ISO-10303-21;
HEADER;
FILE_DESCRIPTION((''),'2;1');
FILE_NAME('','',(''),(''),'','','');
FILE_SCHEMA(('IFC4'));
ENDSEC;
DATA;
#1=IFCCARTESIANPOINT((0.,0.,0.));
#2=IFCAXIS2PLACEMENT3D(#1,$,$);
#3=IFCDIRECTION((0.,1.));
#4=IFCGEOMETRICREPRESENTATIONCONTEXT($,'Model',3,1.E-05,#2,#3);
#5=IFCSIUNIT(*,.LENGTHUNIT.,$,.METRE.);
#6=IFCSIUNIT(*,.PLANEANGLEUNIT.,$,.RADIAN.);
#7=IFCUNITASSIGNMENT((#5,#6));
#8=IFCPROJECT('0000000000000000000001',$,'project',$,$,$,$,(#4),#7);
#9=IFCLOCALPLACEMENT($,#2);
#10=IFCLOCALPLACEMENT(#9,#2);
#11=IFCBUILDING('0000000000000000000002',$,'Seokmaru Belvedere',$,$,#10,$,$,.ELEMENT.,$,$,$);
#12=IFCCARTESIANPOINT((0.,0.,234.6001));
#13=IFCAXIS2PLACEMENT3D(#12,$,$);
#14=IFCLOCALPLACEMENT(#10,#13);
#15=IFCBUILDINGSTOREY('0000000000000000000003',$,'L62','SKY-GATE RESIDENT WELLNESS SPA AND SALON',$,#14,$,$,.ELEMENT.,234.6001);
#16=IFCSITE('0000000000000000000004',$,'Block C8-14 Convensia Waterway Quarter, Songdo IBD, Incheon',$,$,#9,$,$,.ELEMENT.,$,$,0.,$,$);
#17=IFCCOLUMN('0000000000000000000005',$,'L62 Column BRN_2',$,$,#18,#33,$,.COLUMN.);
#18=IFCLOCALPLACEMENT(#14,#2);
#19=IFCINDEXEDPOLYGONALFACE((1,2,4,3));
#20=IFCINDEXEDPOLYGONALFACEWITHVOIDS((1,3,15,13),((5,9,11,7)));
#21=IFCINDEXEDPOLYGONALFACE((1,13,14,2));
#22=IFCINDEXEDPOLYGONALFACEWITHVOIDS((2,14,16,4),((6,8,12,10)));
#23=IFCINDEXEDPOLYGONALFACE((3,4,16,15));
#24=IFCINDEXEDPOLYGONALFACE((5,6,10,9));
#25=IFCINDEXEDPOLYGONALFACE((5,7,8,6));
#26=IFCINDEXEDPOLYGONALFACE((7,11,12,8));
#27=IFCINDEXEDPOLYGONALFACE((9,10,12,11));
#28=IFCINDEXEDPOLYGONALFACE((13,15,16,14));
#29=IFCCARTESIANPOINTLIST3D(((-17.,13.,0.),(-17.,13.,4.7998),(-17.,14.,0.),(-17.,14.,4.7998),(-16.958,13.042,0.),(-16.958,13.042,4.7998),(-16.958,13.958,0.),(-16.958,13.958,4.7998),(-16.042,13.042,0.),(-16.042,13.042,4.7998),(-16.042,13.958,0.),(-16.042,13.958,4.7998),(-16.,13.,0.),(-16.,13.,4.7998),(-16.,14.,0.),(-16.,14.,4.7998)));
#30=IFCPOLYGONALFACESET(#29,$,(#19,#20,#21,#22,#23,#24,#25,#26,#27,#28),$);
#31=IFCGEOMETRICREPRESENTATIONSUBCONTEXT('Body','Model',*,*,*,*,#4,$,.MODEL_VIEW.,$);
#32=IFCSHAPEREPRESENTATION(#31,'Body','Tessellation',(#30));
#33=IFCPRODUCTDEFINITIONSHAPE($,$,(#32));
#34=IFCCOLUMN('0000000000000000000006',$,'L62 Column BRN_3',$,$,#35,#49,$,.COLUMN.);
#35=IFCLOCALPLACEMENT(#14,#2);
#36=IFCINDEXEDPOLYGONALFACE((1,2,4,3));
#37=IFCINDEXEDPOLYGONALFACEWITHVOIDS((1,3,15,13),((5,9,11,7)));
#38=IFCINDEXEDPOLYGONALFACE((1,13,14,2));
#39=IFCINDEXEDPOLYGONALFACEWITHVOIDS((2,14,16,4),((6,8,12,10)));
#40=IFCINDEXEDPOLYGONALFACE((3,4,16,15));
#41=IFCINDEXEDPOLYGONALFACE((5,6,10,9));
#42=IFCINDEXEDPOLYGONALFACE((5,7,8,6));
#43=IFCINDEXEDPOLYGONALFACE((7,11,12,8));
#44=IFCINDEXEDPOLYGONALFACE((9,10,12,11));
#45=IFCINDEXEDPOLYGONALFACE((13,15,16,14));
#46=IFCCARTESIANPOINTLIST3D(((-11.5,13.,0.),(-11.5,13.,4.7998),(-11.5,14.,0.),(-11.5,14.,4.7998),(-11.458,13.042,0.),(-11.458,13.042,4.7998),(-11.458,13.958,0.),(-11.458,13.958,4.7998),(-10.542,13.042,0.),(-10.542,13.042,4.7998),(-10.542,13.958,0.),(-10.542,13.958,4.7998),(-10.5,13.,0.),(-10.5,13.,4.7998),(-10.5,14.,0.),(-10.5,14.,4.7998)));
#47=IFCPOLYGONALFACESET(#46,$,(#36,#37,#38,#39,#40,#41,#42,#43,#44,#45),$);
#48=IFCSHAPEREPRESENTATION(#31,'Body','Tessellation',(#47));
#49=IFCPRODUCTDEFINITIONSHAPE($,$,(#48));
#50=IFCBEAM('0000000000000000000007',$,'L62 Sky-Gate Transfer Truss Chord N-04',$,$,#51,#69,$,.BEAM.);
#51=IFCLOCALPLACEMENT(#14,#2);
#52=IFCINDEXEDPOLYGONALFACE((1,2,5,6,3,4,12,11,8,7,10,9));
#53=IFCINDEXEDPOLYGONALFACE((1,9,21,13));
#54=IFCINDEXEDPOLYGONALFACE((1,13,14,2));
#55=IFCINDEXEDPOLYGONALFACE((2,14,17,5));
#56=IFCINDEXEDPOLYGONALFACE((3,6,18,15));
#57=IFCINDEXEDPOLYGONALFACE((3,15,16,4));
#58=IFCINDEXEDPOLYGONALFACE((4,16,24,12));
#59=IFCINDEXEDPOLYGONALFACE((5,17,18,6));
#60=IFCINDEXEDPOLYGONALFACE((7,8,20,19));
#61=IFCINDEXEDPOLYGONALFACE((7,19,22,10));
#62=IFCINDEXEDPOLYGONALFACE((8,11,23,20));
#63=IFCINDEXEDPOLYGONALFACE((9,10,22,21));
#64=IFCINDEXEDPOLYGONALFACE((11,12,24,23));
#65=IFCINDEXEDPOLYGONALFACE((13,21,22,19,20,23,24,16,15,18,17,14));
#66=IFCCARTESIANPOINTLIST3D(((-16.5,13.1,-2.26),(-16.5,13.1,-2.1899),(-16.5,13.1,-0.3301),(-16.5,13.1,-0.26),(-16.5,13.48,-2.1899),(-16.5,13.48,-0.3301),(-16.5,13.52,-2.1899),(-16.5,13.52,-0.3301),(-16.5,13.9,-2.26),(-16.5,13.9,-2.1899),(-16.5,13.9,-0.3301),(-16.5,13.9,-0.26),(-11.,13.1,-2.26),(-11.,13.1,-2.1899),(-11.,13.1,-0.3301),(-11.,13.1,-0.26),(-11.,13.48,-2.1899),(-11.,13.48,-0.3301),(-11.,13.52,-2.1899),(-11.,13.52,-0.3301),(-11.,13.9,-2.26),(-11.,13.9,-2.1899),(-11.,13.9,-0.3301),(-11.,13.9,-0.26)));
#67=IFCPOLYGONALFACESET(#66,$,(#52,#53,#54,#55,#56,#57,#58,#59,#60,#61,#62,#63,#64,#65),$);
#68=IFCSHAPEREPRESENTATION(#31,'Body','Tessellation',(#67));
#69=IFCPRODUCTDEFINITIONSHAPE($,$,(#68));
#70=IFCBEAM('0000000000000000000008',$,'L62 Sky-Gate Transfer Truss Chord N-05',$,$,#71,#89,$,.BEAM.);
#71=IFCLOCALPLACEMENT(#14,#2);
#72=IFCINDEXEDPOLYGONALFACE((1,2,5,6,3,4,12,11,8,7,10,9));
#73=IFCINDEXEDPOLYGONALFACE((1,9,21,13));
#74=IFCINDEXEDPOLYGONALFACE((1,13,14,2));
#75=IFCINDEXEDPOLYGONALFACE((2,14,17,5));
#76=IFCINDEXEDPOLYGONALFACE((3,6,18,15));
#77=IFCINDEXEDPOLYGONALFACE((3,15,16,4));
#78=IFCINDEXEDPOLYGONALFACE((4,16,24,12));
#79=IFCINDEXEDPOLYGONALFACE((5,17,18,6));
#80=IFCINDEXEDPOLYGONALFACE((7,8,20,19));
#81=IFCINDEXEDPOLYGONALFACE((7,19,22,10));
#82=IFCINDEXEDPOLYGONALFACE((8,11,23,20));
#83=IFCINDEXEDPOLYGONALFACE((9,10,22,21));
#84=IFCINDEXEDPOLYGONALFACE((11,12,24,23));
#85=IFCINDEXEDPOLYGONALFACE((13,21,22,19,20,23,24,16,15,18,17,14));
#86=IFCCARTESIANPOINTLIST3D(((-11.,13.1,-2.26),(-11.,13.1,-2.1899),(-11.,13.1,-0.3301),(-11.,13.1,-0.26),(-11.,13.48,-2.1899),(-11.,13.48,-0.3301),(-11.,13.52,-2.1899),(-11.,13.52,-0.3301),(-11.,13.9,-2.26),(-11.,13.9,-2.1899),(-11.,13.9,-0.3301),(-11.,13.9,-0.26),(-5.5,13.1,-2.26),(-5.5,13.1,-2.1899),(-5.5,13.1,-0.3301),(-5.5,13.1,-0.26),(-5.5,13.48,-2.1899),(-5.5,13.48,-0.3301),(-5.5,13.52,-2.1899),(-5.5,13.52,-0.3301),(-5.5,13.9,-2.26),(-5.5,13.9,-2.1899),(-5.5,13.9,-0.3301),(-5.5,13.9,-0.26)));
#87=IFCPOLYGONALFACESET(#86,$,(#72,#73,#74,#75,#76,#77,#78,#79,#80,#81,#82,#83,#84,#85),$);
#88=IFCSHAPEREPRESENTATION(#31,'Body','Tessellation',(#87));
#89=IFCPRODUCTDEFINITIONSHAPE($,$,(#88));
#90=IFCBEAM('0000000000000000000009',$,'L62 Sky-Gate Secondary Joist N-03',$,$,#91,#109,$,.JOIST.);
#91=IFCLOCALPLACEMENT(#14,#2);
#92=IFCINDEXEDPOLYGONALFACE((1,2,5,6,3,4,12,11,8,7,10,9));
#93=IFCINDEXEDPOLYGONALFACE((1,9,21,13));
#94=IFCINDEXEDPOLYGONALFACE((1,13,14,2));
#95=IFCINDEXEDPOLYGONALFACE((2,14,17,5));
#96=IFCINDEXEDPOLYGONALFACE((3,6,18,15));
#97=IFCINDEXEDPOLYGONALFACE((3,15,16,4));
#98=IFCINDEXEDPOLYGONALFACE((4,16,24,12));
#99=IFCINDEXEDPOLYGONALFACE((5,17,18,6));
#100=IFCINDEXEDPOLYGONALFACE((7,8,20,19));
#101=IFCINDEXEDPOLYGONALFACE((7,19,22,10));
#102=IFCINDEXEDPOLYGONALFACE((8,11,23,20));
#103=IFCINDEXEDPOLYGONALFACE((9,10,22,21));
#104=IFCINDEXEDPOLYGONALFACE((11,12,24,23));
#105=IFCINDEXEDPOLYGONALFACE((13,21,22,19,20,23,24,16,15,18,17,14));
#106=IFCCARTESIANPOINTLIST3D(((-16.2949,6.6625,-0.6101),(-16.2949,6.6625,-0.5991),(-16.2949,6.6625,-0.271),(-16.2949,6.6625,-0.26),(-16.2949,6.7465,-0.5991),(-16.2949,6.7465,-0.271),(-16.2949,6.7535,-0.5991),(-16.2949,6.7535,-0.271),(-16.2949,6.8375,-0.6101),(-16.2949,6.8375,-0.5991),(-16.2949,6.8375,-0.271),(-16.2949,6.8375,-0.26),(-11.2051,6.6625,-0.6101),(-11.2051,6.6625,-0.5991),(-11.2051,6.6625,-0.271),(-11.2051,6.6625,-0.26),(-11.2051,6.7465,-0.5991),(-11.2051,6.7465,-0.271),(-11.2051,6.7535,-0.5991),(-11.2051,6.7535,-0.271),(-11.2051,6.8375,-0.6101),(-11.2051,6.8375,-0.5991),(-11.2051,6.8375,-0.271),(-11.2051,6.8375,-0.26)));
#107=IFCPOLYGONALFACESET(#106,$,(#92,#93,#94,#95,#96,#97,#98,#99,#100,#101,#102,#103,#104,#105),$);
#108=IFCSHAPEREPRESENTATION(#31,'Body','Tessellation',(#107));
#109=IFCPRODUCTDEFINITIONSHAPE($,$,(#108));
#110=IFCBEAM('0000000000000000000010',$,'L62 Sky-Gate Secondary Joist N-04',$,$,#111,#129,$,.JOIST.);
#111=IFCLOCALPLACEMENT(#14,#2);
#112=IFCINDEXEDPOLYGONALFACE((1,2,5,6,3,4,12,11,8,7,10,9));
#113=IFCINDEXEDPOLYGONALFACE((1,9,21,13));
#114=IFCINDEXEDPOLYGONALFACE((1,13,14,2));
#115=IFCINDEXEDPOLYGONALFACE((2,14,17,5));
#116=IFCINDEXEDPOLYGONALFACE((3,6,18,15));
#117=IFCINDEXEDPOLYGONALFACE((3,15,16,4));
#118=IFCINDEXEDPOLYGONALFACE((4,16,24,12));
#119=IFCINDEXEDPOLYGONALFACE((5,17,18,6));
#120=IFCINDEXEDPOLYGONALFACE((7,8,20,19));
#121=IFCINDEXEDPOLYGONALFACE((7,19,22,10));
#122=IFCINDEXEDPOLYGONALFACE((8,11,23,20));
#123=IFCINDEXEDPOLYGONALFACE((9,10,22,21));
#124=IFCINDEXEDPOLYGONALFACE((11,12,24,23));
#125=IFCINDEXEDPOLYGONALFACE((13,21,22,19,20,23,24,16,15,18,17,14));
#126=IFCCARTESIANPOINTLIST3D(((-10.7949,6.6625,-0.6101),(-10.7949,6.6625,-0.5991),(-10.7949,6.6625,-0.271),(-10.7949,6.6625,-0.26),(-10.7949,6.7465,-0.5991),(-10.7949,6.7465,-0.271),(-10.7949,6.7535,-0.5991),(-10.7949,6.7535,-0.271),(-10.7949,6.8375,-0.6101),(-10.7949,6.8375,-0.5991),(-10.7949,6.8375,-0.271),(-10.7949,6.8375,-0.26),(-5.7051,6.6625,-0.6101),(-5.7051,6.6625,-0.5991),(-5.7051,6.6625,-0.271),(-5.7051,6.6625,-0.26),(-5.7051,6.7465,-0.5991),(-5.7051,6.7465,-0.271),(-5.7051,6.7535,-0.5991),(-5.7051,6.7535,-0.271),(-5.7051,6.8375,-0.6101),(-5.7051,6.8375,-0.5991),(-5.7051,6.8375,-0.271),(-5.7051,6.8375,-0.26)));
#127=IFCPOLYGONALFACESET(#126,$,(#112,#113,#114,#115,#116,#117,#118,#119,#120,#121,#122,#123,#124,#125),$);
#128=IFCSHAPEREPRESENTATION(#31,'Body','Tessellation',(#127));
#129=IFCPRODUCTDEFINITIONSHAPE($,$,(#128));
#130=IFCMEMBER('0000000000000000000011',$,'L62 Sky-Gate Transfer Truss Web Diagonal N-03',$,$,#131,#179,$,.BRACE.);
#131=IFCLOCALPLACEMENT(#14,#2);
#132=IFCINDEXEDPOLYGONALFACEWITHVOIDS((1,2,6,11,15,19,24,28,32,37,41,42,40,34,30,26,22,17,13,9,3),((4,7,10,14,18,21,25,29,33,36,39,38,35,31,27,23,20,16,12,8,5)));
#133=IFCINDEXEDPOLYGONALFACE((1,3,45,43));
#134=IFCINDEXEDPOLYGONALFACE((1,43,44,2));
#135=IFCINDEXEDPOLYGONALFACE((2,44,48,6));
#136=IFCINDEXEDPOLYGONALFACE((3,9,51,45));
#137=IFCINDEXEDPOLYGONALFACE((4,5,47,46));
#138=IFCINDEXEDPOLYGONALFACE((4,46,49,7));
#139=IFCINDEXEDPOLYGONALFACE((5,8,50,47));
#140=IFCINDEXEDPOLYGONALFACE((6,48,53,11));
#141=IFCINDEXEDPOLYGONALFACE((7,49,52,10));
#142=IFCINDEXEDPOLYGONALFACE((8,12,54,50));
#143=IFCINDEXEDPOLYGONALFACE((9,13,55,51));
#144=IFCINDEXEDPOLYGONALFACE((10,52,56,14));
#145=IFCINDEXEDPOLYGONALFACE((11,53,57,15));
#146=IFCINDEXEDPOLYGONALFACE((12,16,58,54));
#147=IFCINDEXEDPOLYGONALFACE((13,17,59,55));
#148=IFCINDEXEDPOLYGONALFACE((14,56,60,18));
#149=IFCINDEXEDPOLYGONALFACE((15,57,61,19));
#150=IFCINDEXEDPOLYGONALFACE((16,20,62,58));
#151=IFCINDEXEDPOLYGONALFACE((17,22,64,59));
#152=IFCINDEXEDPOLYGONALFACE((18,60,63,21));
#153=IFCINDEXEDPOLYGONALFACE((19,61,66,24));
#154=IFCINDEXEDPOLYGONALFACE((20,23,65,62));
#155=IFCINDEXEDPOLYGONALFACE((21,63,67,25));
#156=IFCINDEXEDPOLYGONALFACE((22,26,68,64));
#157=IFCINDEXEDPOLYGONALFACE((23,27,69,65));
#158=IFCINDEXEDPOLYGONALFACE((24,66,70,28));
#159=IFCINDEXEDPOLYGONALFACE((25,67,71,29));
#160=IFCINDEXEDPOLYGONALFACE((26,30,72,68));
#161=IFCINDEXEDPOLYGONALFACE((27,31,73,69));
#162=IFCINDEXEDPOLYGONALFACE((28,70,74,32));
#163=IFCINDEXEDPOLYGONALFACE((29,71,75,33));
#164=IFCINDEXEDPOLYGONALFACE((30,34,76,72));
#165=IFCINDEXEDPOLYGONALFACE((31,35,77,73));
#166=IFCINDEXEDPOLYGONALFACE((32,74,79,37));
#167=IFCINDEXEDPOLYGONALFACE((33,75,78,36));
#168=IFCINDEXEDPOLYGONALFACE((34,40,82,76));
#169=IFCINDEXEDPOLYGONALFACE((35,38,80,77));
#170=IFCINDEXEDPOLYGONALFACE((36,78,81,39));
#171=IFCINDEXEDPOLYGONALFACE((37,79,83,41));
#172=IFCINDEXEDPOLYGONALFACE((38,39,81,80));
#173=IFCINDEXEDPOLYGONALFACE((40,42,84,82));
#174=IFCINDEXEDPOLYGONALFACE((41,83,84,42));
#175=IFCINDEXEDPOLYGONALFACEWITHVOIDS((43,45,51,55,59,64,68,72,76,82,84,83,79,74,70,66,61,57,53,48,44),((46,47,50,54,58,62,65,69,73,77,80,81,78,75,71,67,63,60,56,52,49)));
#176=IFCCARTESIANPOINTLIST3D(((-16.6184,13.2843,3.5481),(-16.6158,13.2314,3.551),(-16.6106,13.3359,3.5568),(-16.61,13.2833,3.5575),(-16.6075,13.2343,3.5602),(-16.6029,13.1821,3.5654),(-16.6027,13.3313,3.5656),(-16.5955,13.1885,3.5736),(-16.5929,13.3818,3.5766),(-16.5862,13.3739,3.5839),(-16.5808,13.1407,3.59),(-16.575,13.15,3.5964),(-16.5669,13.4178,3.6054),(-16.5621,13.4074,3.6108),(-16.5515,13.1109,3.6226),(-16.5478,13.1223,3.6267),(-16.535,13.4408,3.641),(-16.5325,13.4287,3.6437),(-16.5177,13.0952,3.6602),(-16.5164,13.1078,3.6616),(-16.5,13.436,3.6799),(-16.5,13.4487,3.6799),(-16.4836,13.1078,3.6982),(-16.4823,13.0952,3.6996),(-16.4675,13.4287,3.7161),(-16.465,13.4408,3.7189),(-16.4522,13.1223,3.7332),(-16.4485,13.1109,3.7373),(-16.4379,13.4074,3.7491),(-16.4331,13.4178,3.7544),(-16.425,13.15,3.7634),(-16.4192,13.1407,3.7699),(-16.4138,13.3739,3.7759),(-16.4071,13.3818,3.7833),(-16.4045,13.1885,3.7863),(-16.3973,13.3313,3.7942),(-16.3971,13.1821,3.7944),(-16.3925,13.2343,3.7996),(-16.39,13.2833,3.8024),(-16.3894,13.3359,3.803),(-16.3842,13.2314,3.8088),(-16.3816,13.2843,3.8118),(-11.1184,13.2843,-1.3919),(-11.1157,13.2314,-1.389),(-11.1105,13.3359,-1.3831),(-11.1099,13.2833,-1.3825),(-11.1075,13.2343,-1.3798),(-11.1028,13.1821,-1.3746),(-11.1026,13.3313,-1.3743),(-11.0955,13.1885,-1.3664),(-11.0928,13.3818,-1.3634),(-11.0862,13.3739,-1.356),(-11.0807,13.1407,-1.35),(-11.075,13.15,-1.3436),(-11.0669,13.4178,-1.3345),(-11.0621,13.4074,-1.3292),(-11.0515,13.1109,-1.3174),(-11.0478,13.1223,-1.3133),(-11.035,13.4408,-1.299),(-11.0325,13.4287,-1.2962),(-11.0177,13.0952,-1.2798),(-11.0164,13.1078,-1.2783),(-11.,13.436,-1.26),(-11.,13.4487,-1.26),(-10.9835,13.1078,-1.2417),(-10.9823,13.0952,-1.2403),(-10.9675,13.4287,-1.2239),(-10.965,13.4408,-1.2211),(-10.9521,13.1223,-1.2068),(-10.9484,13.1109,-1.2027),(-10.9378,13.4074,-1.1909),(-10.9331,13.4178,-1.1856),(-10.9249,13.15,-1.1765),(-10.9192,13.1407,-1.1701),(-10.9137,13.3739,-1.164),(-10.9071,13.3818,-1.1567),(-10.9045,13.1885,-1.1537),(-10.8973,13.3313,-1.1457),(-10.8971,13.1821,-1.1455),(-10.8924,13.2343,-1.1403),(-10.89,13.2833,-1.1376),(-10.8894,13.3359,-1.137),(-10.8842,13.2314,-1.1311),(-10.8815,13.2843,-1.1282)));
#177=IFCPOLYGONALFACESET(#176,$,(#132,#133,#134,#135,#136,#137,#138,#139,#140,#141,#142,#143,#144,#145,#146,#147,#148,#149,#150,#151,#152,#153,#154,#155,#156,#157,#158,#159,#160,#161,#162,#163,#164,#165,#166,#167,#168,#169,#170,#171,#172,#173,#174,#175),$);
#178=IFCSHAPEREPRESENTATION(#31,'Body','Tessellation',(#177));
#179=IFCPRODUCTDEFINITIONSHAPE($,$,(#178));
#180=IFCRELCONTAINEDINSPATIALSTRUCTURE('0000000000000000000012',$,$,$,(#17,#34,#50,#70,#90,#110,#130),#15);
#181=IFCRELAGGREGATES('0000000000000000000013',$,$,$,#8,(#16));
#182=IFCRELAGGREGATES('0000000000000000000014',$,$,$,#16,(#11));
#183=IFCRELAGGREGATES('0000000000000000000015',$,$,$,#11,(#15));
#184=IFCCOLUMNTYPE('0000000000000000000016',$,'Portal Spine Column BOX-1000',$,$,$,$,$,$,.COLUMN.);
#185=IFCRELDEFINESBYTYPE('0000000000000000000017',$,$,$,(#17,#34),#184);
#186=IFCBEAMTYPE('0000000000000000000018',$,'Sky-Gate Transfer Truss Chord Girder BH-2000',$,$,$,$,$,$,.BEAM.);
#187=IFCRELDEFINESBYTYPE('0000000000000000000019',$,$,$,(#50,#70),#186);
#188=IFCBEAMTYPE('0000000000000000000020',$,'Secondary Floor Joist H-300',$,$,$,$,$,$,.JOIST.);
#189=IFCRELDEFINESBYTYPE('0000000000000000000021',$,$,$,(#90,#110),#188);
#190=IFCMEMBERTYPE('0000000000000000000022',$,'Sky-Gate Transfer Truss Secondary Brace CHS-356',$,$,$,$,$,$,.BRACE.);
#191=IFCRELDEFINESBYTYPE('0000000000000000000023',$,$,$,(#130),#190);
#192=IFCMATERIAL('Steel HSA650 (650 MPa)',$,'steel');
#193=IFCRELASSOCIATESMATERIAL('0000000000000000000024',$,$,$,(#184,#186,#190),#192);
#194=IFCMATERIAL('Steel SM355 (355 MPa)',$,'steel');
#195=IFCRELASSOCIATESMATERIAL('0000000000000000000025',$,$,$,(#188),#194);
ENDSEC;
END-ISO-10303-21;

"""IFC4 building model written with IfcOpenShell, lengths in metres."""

from ifc_helpers import new_model, si_unit, direction, frame, origin, origin_2d, place, context, subcontext, project, spatial, hollow_rectangle, hollow_circle, i_section, extrude, source, transform, mapped, material, material_profile, profile_set, type_object, type_shapes, element, save


model = new_model("IFC4")

# Units and contexts
model_context = context("Model", 3, precision=1e-05, world=origin(), true_north=direction((0.0, 1.0)))
body_context = subcontext(model_context, "Body", "Model", "MODEL_VIEW")
ifc_project = project(units=[si_unit("LENGTHUNIT", "METRE"), si_unit("PLANEANGLEUNIT", "RADIAN")], contexts=[model_context])

# Site, building, storey
site_placement = place(None, origin())
site = spatial("IfcSite", under=ifc_project, at=site_placement, Name="Block C8-14 Convensia Waterway Quarter, Songdo IBD, Incheon", CompositionType="ELEMENT", RefElevation=0.0)
building_placement = place(site_placement, origin())
building = spatial("IfcBuilding", under=site, at=building_placement, Name="Seokmaru Belvedere", CompositionType="ELEMENT")
storey_placement = place(building_placement, frame((0.0, 0.0, 234.6001)))
storey = spatial("IfcBuildingStorey", under=building, at=storey_placement, Name="L62", Description="SKY-GATE RESIDENT WELLNESS SPA AND SALON", CompositionType="ELEMENT", Elevation=234.6001)

# Columns
ifc_material_1 = material(Name="Steel HSA650 (650 MPa)", Category="steel")
ifc_material_profile_1 = material_profile(ifc_material_1, hollow_rectangle(XDim=1.0, YDim=1.0, WallThickness=0.042, at=origin_2d()), Name="BOX-1000x1000x42")
ifc_profile_set_1 = profile_set([ifc_material_profile_1], Name="Steel HSA650 (650 MPa)")
column_type = type_object("IfcColumnType", Name="Portal Spine Column BOX-1000", PredefinedType="COLUMN", material=ifc_profile_set_1)
shared_shape_1 = source(origin(), body_context, "Body", "SweptSolid", [
    extrude(hollow_rectangle(XDim=1.0, YDim=1.0, WallThickness=0.042, at=origin_2d()), origin(), (0.0, 0.0, 1.0), 4.7998),
])
type_shapes(column_type, [shared_shape_1])
for number, where, z_axis, x_axis, name in (
    (1, (-16.5, 13.5, 0.0), (0.0, 0.0, 1.0), (1.0, 0.0, 0.0), "L62 Column BRN_2"),
    (2, (-11.0, 13.5, 0.0), (0.0, 0.0, 1.0), (1.0, 0.0, 0.0), "L62 Column BRN_3"),
):
    element("IfcColumn", number, at=place(storey_placement, frame(where, z_axis=z_axis, x_axis=x_axis)), inside=storey, type_object=column_type, Name=name, PredefinedType="COLUMN", context=body_context, shape_type="MappedRepresentation", body=[
        mapped(shared_shape_1, transform((0.0, 0.0, 0.0), scale=1.0)),
    ])

# Beams
ifc_material_profile_2 = material_profile(ifc_material_1, i_section(OverallWidth=0.8, OverallDepth=2.0, WebThickness=0.04, FlangeThickness=0.0701, at=origin_2d()), Name="BH-2000x800x40x70")
ifc_profile_set_2 = profile_set([ifc_material_profile_2], Name="Steel HSA650 (650 MPa)")
beam_type_1 = type_object("IfcBeamType", Name="Sky-Gate Transfer Truss Chord Girder BH-2000", PredefinedType="BEAM", material=ifc_profile_set_2)
shared_shape_2 = source(origin(), body_context, "Body", "SweptSolid", [
    extrude(i_section(OverallWidth=0.8, OverallDepth=2.0, WebThickness=0.04, FlangeThickness=0.0701, at=origin_2d()), origin(), (0.0, 0.0, 1.0), 5.5),
])
type_shapes(beam_type_1, [shared_shape_2])
for number, where, z_axis, x_axis, name in (
    (3, (-16.5, 13.5, -1.26), (1.0, 0.0, 0.0), (0.0, 1.0, 0.0), "L62 Sky-Gate Transfer Truss Chord N-04"),
    (4, (-11.0, 13.5, -1.26), (1.0, 0.0, 0.0), (0.0, 1.0, 0.0), "L62 Sky-Gate Transfer Truss Chord N-05"),
):
    element("IfcBeam", number, at=place(storey_placement, frame(where, z_axis=z_axis, x_axis=x_axis)), inside=storey, type_object=beam_type_1, Name=name, PredefinedType="BEAM", context=body_context, shape_type="MappedRepresentation", body=[
        mapped(shared_shape_2, transform((0.0, 0.0, 0.0), scale=1.0)),
    ])
ifc_material_2 = material(Name="Steel SM355 (355 MPa)", Category="steel")
ifc_material_profile_3 = material_profile(ifc_material_2, i_section(OverallWidth=0.175, OverallDepth=0.3501, WebThickness=0.0071, FlangeThickness=0.011, at=origin_2d()), Name="H-350x175x7x11")
ifc_profile_set_3 = profile_set([ifc_material_profile_3], Name="Steel SM355 (355 MPa)")
beam_type_2 = type_object("IfcBeamType", Name="Secondary Floor Joist H-300", PredefinedType="JOIST", material=ifc_profile_set_3)
shared_shape_3 = source(origin(), body_context, "Body", "SweptSolid", [
    extrude(i_section(OverallWidth=0.175, OverallDepth=0.3501, WebThickness=0.0071, FlangeThickness=0.011, at=origin_2d()), origin(), (0.0, 0.0, 1.0), 5.0898),
])
type_shapes(beam_type_2, [shared_shape_3])
for number, where, z_axis, x_axis, name in (
    (5, (-16.2949, 6.75, -0.4351), (1.0, 0.0, 0.0), (0.0, 1.0, 0.0), "L62 Sky-Gate Secondary Joist N-03"),
    (6, (-10.7949, 6.75, -0.4351), (1.0, 0.0, 0.0), (0.0, 1.0, 0.0), "L62 Sky-Gate Secondary Joist N-04"),
):
    element("IfcBeam", number, at=place(storey_placement, frame(where, z_axis=z_axis, x_axis=x_axis)), inside=storey, type_object=beam_type_2, Name=name, PredefinedType="JOIST", context=body_context, shape_type="MappedRepresentation", body=[
        mapped(shared_shape_3, transform((0.0, 0.0, 0.0), scale=1.0)),
    ])

# Member
ifc_material_profile_4 = material_profile(ifc_material_1, hollow_circle(Radius=0.1777, WallThickness=0.0127, at=origin_2d()), Name="CHS-355.6x12.7")
ifc_profile_set_4 = profile_set([ifc_material_profile_4], Name="Steel HSA650 (650 MPa)")
member_type_1 = type_object("IfcMemberType", Name="Sky-Gate Transfer Truss Secondary Brace CHS-356", PredefinedType="BRACE", material=ifc_profile_set_4)
shared_shape_4 = source(origin(), body_context, "Body", "SweptSolid", [
    extrude(hollow_circle(Radius=0.1777, WallThickness=0.0127, at=origin_2d()), origin(), (0.0, 0.0, 1.0), 7.3928),
])
type_shapes(member_type_1, [shared_shape_4])
for number, where, z_axis, x_axis, name in (
    (7, (-16.5, 13.271, 3.6799), (0.74397, 0.0, -0.668213), (0.0, 1.0, 0.0), "L62 Sky-Gate Transfer Truss Web Diagonal N-03"),
):
    element("IfcMember", number, at=place(storey_placement, frame(where, z_axis=z_axis, x_axis=x_axis)), inside=storey, type_object=member_type_1, Name=name, PredefinedType="BRACE", context=body_context, shape_type="MappedRepresentation", body=[
        mapped(shared_shape_4, transform((0.0, 0.0, 0.0), scale=1.0)),
    ])

save(model, "model.ifc")
